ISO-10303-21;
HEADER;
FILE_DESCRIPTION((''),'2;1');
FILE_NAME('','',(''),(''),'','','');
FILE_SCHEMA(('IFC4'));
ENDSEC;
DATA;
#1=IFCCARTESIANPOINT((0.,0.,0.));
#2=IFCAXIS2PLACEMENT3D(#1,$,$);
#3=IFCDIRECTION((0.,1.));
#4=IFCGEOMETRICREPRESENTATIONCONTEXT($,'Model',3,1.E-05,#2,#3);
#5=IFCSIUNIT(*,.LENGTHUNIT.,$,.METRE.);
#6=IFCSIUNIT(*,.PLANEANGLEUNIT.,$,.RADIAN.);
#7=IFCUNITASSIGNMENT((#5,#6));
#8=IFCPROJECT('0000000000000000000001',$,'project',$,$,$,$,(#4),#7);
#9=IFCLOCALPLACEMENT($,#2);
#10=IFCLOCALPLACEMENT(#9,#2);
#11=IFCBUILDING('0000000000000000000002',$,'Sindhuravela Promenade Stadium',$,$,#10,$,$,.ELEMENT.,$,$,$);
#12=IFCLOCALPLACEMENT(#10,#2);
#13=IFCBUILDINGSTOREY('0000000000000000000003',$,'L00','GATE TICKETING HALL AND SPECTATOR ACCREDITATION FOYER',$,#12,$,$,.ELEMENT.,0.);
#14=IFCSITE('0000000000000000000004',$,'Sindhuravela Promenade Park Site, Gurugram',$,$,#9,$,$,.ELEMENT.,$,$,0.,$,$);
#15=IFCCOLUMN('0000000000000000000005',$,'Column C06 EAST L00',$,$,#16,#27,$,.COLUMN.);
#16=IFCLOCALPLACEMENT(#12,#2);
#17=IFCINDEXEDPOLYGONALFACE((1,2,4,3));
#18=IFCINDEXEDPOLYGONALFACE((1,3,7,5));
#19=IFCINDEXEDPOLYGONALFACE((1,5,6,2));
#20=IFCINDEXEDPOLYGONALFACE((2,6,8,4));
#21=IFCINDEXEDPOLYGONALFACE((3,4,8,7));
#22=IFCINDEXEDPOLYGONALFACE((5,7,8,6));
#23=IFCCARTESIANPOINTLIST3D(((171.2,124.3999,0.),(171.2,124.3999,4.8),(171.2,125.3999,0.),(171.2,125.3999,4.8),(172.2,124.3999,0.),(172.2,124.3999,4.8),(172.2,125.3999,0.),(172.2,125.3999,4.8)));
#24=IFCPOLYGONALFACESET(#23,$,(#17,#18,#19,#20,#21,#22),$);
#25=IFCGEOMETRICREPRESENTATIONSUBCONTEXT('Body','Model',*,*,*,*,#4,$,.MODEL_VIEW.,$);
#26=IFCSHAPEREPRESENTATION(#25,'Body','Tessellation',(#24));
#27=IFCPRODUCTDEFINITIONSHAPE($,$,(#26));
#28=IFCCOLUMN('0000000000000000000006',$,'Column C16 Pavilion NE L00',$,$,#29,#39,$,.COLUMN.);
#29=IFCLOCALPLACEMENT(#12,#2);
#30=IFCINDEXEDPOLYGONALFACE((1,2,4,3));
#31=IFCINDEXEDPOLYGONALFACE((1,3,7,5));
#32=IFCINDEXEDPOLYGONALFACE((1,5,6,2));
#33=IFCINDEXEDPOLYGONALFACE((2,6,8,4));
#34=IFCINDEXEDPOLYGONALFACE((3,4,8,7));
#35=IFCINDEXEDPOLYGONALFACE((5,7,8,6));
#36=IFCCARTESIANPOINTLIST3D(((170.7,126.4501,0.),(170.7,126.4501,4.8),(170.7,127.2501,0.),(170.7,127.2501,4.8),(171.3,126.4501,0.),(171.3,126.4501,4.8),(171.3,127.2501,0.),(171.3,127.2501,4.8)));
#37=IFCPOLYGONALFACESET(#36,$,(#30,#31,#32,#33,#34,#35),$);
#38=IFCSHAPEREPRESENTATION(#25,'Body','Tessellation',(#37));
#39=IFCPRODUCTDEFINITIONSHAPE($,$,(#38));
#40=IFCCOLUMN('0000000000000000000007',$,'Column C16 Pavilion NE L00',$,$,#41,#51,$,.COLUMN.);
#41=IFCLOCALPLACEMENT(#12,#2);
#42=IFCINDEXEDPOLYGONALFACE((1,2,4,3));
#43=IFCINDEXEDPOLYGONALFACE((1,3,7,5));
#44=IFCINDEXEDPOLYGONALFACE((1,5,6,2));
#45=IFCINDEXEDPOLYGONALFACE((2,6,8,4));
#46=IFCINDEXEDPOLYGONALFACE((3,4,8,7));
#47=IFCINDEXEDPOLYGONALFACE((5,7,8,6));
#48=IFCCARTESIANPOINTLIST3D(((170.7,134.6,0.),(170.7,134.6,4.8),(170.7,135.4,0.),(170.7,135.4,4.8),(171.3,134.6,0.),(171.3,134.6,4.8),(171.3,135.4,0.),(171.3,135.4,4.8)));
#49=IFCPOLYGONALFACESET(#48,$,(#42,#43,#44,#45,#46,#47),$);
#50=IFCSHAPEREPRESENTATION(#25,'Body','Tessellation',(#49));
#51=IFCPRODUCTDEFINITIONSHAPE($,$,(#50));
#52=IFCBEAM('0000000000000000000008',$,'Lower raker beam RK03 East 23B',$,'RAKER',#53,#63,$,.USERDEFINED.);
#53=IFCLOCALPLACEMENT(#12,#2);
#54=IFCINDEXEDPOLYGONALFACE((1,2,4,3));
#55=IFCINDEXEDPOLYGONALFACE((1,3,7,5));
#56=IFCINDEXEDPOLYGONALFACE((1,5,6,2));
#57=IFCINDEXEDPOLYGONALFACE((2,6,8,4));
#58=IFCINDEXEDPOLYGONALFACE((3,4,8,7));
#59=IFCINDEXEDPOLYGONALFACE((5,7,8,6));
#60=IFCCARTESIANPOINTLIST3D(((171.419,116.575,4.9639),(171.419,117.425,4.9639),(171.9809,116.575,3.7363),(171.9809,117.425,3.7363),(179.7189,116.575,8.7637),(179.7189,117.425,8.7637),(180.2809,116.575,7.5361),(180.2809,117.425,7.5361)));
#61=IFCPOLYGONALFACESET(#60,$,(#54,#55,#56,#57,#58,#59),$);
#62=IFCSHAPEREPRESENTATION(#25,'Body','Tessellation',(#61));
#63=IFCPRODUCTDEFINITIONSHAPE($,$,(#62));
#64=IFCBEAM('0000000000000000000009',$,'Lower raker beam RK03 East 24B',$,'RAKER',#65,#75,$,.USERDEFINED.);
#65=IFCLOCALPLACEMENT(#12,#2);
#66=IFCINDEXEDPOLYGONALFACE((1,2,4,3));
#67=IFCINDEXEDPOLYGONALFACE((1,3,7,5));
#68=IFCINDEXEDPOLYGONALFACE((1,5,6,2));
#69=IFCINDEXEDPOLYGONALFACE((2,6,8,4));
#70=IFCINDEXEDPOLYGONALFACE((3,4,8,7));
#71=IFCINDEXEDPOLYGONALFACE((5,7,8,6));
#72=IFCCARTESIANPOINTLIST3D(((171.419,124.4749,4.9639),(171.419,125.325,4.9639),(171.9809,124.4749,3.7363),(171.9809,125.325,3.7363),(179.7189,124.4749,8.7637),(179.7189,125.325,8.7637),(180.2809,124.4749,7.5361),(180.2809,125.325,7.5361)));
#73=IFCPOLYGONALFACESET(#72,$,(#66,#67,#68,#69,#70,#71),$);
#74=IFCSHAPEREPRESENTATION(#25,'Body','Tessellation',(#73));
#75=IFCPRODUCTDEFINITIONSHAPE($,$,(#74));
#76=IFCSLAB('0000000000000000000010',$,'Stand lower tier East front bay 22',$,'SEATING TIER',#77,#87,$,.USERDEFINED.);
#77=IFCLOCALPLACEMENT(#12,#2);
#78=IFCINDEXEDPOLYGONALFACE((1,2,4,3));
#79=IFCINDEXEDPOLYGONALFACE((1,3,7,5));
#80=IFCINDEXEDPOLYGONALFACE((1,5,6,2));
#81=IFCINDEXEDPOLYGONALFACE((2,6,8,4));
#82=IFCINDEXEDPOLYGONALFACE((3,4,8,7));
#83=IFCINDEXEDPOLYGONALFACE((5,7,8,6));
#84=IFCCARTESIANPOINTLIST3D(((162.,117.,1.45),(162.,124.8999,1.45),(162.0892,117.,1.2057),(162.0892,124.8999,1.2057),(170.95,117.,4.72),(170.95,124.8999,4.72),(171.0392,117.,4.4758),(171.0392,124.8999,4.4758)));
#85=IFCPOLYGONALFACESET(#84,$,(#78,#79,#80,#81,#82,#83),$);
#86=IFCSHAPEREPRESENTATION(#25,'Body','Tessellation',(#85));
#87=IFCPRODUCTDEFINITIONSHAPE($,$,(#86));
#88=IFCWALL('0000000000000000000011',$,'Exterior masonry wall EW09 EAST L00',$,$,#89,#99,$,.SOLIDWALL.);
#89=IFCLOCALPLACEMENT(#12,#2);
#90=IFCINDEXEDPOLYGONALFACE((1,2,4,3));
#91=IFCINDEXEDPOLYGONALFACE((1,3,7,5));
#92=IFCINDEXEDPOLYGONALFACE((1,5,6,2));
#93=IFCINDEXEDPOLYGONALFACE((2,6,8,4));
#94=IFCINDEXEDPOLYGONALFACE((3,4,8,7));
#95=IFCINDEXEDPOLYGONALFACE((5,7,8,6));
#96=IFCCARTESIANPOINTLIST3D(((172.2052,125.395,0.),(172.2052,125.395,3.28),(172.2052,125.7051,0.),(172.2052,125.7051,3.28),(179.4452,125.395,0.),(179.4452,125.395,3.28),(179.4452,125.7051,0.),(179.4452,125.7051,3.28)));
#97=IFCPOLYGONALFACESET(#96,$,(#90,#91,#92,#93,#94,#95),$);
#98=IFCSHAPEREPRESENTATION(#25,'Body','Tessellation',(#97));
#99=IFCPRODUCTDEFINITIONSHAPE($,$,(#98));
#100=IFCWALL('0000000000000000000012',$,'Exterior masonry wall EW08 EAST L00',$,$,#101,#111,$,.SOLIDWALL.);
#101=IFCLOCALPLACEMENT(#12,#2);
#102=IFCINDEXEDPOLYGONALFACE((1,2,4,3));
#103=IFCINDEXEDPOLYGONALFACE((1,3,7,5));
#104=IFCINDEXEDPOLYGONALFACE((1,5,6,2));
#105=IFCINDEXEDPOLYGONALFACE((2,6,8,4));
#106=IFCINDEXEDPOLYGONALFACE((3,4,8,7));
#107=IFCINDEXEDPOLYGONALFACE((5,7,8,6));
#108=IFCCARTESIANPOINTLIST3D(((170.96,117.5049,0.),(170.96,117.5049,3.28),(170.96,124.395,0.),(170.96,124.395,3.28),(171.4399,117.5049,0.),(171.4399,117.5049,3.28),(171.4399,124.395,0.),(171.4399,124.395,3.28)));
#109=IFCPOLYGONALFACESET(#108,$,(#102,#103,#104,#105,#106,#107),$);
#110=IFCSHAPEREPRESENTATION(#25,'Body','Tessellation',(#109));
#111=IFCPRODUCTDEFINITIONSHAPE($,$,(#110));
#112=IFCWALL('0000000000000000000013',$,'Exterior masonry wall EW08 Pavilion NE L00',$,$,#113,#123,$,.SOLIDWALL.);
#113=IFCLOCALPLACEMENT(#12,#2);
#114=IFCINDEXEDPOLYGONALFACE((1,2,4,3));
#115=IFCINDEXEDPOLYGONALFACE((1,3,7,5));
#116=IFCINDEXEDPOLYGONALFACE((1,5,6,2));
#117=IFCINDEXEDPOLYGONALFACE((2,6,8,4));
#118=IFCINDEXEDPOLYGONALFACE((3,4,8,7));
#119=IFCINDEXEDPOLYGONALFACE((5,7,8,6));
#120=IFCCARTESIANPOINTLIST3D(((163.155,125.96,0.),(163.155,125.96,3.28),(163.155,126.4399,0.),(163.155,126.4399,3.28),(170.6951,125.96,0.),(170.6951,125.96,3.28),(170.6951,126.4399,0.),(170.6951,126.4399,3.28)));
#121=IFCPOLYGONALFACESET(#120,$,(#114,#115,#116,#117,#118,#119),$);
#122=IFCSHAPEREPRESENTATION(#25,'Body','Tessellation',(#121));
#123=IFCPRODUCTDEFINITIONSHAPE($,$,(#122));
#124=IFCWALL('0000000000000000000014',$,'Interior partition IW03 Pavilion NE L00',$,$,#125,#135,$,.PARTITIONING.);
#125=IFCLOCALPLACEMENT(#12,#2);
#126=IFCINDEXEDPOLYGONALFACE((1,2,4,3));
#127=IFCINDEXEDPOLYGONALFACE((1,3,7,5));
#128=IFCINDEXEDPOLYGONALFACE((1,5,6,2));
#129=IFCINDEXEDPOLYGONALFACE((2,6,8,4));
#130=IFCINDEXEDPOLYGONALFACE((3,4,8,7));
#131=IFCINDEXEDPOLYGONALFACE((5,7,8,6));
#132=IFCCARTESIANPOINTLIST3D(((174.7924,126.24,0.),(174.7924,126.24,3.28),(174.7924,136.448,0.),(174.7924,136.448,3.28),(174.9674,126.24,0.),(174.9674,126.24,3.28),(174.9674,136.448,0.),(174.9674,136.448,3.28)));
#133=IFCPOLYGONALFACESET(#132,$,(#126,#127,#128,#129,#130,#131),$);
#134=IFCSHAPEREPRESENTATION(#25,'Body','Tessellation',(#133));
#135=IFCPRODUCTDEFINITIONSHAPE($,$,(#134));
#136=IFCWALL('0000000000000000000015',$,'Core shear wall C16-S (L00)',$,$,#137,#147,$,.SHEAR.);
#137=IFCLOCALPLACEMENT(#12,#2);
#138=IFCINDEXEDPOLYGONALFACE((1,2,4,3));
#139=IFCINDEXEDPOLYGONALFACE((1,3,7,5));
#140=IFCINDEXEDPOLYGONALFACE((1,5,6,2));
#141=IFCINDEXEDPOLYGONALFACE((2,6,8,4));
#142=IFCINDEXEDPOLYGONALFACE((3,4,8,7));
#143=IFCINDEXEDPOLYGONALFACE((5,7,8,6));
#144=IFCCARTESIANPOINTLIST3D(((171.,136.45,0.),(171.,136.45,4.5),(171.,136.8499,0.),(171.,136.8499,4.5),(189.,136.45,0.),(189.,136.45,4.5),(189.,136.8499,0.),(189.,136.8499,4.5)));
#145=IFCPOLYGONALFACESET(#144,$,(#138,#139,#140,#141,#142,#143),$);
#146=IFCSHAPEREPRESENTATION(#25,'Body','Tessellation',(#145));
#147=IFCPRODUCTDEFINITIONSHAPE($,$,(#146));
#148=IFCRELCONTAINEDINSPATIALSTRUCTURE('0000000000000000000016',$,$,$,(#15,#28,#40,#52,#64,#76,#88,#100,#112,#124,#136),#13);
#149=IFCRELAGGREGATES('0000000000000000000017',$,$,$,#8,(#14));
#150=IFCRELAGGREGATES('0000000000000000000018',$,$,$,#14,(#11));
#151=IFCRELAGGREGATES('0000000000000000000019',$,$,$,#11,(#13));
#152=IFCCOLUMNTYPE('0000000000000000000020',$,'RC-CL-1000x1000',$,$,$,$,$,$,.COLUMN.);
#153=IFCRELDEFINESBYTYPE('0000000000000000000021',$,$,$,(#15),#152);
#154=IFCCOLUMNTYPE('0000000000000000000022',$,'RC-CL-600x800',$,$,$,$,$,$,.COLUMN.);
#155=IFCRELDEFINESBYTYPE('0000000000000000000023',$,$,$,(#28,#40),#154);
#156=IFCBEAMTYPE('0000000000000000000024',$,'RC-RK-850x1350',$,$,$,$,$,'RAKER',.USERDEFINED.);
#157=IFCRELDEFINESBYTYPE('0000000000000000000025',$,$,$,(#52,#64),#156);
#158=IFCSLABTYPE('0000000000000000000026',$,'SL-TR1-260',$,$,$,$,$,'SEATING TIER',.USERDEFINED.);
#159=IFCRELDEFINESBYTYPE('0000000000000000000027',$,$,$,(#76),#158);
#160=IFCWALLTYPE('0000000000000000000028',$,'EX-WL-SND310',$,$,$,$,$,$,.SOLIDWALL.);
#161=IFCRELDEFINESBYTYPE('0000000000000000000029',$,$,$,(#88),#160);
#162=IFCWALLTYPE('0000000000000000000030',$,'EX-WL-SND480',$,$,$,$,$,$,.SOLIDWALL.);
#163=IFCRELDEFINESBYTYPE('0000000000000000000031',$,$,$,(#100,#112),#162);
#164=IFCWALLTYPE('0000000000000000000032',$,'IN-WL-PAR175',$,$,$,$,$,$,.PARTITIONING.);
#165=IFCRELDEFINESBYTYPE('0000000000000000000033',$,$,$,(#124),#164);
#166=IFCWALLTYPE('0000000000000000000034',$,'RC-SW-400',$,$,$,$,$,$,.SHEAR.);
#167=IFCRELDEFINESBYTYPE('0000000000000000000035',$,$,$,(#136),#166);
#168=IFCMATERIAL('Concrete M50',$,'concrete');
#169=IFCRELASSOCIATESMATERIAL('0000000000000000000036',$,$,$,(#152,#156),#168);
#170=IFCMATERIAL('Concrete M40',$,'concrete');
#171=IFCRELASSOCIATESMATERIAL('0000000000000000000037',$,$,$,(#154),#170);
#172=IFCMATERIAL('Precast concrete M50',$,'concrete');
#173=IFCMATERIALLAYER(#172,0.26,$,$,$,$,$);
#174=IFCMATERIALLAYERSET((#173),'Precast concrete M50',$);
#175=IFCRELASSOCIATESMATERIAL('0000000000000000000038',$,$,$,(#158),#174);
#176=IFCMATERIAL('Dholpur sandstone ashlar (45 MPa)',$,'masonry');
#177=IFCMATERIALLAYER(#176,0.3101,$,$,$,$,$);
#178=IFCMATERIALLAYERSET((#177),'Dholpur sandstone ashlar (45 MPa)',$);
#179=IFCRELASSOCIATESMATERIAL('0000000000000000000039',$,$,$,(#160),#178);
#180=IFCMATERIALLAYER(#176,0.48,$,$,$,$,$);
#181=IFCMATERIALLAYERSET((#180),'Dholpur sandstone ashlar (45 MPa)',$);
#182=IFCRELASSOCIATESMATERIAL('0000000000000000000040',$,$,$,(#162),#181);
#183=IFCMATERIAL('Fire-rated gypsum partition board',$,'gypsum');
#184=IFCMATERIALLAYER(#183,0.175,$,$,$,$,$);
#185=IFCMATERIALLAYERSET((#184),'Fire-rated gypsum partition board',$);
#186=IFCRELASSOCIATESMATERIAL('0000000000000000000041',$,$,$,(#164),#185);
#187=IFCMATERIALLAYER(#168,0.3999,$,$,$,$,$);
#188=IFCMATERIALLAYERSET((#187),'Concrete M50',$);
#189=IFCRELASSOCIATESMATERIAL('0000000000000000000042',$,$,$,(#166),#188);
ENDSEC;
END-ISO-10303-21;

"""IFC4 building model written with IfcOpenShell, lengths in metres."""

from ifc_helpers import new_model, si_unit, direction, frame, frame_2d, origin, origin_2d, place, context, subcontext, project, spatial, polyline, rectangle, outline, extrude, material, layer, layer_set, material_profile, profile_set, type_object, element, save


model = new_model("IFC4")

# Units and contexts
model_context = context("Model", 3, precision=1e-05, world=origin(), true_north=direction((0.0, 1.0)))
body_context = subcontext(model_context, "Body", "Model", "MODEL_VIEW")
ifc_project = project(units=[si_unit("LENGTHUNIT", "METRE"), si_unit("PLANEANGLEUNIT", "RADIAN")], contexts=[model_context])

# Site, building, storey
site_placement = place(None, origin())
site = spatial("IfcSite", under=ifc_project, at=site_placement, Name="Sindhuravela Promenade Park Site, Gurugram", CompositionType="ELEMENT", RefElevation=0.0)
building_placement = place(site_placement, origin())
building = spatial("IfcBuilding", under=site, at=building_placement, Name="Sindhuravela Promenade Stadium", CompositionType="ELEMENT")
storey_placement = place(building_placement, origin())
storey = spatial("IfcBuildingStorey", under=building, at=storey_placement, Name="L00", Description="GATE TICKETING HALL AND SPECTATOR ACCREDITATION FOYER", CompositionType="ELEMENT", Elevation=0.0)

# Shared definitions
ifc_material_1 = material(Name="Concrete M50", Category="concrete")

# Shared definitions
ifc_material_2 = material(Name="Concrete M40", Category="concrete")

# Columns
ifc_material_profile_1 = material_profile(ifc_material_1, rectangle(XDim=1.0, YDim=1.0, at=origin_2d()), Name="RC 1000x1000")
ifc_profile_set_1 = profile_set([ifc_material_profile_1], Name="Concrete M50")
column_type_1 = type_object("IfcColumnType", Name="RC-CL-1000x1000", PredefinedType="COLUMN", material=ifc_profile_set_1)
for number, where, z_axis, x_axis, name in (
    (1, (171.7, 124.8999, 0.0), (0.0, 0.0, 1.0), (1.0, 0.0, 0.0), "Column C06 EAST L00"),
):
    element("IfcColumn", number, at=place(storey_placement, frame(where, z_axis=z_axis, x_axis=x_axis)), inside=storey, type_object=column_type_1, Name=name, PredefinedType="COLUMN", context=body_context, shape_type="SweptSolid", body=[
        extrude(rectangle(XDim=1.0, YDim=1.0, at=origin_2d()), origin(), (0.0, 0.0, 1.0), 4.8),
    ])
ifc_material_profile_2 = material_profile(ifc_material_2, rectangle(XDim=0.6001, YDim=0.8, at=origin_2d()), Name="RC 600x800")
ifc_profile_set_2 = profile_set([ifc_material_profile_2], Name="Concrete M40")
column_type_2 = type_object("IfcColumnType", Name="RC-CL-600x800", PredefinedType="COLUMN", material=ifc_profile_set_2)
for number, where, z_axis, x_axis, name in (
    (2, (171.0, 126.8501, 0.0), (0.0, 0.0, 1.0), (1.0, 0.0, 0.0), "Column C16 Pavilion NE L00"),
    (3, (171.0, 135.0, 0.0), (0.0, 0.0, 1.0), (1.0, 0.0, 0.0), "Column C16 Pavilion NE L00"),
):
    element("IfcColumn", number, at=place(storey_placement, frame(where, z_axis=z_axis, x_axis=x_axis)), inside=storey, type_object=column_type_2, Name=name, PredefinedType="COLUMN", context=body_context, shape_type="SweptSolid", body=[
        extrude(rectangle(XDim=0.6001, YDim=0.8, at=origin_2d()), origin(), (0.0, 0.0, 1.0), 4.8),
    ])

# Beams
ifc_material_profile_3 = material_profile(ifc_material_1, rectangle(XDim=0.8501, YDim=1.3501, at=origin_2d()), Name="RC 850x1350")
ifc_profile_set_3 = profile_set([ifc_material_profile_3], Name="Concrete M50")
beam_type = type_object("IfcBeamType", Name="RC-RK-850x1350", ElementType="RAKER", PredefinedType="USERDEFINED", material=ifc_profile_set_3)
for number, where, z_axis, x_axis, name in (
    (4, (171.7, 117.0, 4.3501), (0.909247, 0.0, 0.416258), (0.0, 1.0, 0.0), "Lower raker beam RK03 East 23B"),
    (5, (171.7, 124.8999, 4.3501), (0.909247, 0.0, 0.416258), (0.0, 1.0, 0.0), "Lower raker beam RK03 East 24B"),
):
    element("IfcBeam", number, at=place(storey_placement, frame(where, z_axis=z_axis, x_axis=x_axis)), inside=storey, type_object=beam_type, Name=name, ObjectType="RAKER", PredefinedType="USERDEFINED", context=body_context, shape_type="SweptSolid", body=[
        extrude(rectangle(XDim=0.8501, YDim=1.3501, at=origin_2d()), origin(), (0.0, 0.0, 1.0), 9.1284),
    ])

# Slab
ifc_material_3 = material(Name="Precast concrete M50", Category="concrete")
ifc_layer_1 = layer(ifc_material_3, 0.26)
ifc_layer_set_1 = layer_set([ifc_layer_1], Name="Precast concrete M50")
slab_type = type_object("IfcSlabType", Name="SL-TR1-260", ElementType="SEATING TIER", PredefinedType="USERDEFINED", material=ifc_layer_set_1)
slab_placement = place(storey_placement, frame((170.95, 117.0, 4.72), z_axis=(-0.343179, 0.0, 0.93927), x_axis=(0.0, 1.0, 0.0)))
element("IfcSlab", 6, at=slab_placement, inside=storey, type_object=slab_type, Name="Stand lower tier East front bay 22", ObjectType="SEATING TIER", PredefinedType="USERDEFINED", context=body_context, shape_type="SweptSolid", body=[
    extrude(outline(polyline([(0.0, 0.0), (7.8999, 0.0), (7.8999, 9.5286), (0.0, 9.5286), (0.0, 0.0)])), origin(), (0.0, 0.0, -1.0), 0.26),
])

# Walls
ifc_material_4 = material(Name="Dholpur sandstone ashlar (45 MPa)", Category="masonry")
ifc_layer_2 = layer(ifc_material_4, 0.3101)
ifc_layer_set_2 = layer_set([ifc_layer_2], Name="Dholpur sandstone ashlar (45 MPa)")
wall_type_1 = type_object("IfcWallType", Name="EX-WL-SND310", PredefinedType="SOLIDWALL", material=ifc_layer_set_2)
wall_1_placement = place(storey_placement, frame((172.2051, 125.55, 0.0), z_axis=(0.0, 0.0, 1.0), x_axis=(1.0, 0.0, 0.0)))
element("IfcWall", 7, at=wall_1_placement, inside=storey, type_object=wall_type_1, Name="Exterior masonry wall EW09 EAST L00", PredefinedType="SOLIDWALL", context=body_context, shape_type="SweptSolid", body=[
    extrude(rectangle(XDim=7.24, YDim=0.3101, at=frame_2d((3.6201, 0.0))), origin(), (0.0, 0.0, 1.0), 3.28),
])
ifc_layer_3 = layer(ifc_material_4, 0.48)
ifc_layer_set_3 = layer_set([ifc_layer_3], Name="Dholpur sandstone ashlar (45 MPa)")
wall_type_2 = type_object("IfcWallType", Name="EX-WL-SND480", PredefinedType="SOLIDWALL", material=ifc_layer_set_3)
wall_2_placement = place(storey_placement, frame((171.2, 117.5049, 0.0), z_axis=(0.0, 0.0, 1.0), x_axis=(0.0, 1.0, 0.0)))
element("IfcWall", 8, at=wall_2_placement, inside=storey, type_object=wall_type_2, Name="Exterior masonry wall EW08 EAST L00", PredefinedType="SOLIDWALL", context=body_context, shape_type="SweptSolid", body=[
    extrude(rectangle(XDim=6.8901, YDim=0.48, at=frame_2d((3.4451, 0.0))), origin(), (0.0, 0.0, 1.0), 3.28),
])
wall_3_placement = place(storey_placement, frame((170.6951, 126.2, 0.0), z_axis=(0.0, 0.0, 1.0), x_axis=(-1.0, 0.0, 0.0)))
element("IfcWall", 9, at=wall_3_placement, inside=storey, type_object=wall_type_2, Name="Exterior masonry wall EW08 Pavilion NE L00", PredefinedType="SOLIDWALL", context=body_context, shape_type="SweptSolid", body=[
    extrude(rectangle(XDim=7.54, YDim=0.48, at=frame_2d((3.77, 0.0))), origin(), (0.0, 0.0, 1.0), 3.28),
])
ifc_material_5 = material(Name="Fire-rated gypsum partition board", Category="gypsum")
ifc_layer_4 = layer(ifc_material_5, 0.175)
ifc_layer_set_4 = layer_set([ifc_layer_4], Name="Fire-rated gypsum partition board")
wall_type_3 = type_object("IfcWallType", Name="IN-WL-PAR175", PredefinedType="PARTITIONING", material=ifc_layer_set_4)
wall_4_placement = place(storey_placement, frame((174.8799, 136.448, 0.0), z_axis=(0.0, 0.0, 1.0), x_axis=(0.0, -1.0, 0.0)))
element("IfcWall", 10, at=wall_4_placement, inside=storey, type_object=wall_type_3, Name="Interior partition IW03 Pavilion NE L00", PredefinedType="PARTITIONING", context=body_context, shape_type="SweptSolid", body=[
    extrude(rectangle(XDim=10.208, YDim=0.175, at=frame_2d((5.104, 0.0))), origin(), (0.0, 0.0, 1.0), 3.28),
])
ifc_layer_5 = layer(ifc_material_1, 0.3999)
ifc_layer_set_5 = layer_set([ifc_layer_5], Name="Concrete M50")
wall_type_4 = type_object("IfcWallType", Name="RC-SW-400", PredefinedType="SHEAR", material=ifc_layer_set_5)
wall_5_placement = place(storey_placement, frame((171.0, 136.6499, 0.0), z_axis=(0.0, 0.0, 1.0), x_axis=(1.0, 0.0, 0.0)))
element("IfcWall", 11, at=wall_5_placement, inside=storey, type_object=wall_type_4, Name="Core shear wall C16-S (L00)", PredefinedType="SHEAR", context=body_context, shape_type="SweptSolid", body=[
    extrude(rectangle(XDim=18.0, YDim=0.3999, at=frame_2d((9.0, 0.0))), origin(), (0.0, 0.0, 1.0), 4.5),
])

save(model, "model.ifc")
